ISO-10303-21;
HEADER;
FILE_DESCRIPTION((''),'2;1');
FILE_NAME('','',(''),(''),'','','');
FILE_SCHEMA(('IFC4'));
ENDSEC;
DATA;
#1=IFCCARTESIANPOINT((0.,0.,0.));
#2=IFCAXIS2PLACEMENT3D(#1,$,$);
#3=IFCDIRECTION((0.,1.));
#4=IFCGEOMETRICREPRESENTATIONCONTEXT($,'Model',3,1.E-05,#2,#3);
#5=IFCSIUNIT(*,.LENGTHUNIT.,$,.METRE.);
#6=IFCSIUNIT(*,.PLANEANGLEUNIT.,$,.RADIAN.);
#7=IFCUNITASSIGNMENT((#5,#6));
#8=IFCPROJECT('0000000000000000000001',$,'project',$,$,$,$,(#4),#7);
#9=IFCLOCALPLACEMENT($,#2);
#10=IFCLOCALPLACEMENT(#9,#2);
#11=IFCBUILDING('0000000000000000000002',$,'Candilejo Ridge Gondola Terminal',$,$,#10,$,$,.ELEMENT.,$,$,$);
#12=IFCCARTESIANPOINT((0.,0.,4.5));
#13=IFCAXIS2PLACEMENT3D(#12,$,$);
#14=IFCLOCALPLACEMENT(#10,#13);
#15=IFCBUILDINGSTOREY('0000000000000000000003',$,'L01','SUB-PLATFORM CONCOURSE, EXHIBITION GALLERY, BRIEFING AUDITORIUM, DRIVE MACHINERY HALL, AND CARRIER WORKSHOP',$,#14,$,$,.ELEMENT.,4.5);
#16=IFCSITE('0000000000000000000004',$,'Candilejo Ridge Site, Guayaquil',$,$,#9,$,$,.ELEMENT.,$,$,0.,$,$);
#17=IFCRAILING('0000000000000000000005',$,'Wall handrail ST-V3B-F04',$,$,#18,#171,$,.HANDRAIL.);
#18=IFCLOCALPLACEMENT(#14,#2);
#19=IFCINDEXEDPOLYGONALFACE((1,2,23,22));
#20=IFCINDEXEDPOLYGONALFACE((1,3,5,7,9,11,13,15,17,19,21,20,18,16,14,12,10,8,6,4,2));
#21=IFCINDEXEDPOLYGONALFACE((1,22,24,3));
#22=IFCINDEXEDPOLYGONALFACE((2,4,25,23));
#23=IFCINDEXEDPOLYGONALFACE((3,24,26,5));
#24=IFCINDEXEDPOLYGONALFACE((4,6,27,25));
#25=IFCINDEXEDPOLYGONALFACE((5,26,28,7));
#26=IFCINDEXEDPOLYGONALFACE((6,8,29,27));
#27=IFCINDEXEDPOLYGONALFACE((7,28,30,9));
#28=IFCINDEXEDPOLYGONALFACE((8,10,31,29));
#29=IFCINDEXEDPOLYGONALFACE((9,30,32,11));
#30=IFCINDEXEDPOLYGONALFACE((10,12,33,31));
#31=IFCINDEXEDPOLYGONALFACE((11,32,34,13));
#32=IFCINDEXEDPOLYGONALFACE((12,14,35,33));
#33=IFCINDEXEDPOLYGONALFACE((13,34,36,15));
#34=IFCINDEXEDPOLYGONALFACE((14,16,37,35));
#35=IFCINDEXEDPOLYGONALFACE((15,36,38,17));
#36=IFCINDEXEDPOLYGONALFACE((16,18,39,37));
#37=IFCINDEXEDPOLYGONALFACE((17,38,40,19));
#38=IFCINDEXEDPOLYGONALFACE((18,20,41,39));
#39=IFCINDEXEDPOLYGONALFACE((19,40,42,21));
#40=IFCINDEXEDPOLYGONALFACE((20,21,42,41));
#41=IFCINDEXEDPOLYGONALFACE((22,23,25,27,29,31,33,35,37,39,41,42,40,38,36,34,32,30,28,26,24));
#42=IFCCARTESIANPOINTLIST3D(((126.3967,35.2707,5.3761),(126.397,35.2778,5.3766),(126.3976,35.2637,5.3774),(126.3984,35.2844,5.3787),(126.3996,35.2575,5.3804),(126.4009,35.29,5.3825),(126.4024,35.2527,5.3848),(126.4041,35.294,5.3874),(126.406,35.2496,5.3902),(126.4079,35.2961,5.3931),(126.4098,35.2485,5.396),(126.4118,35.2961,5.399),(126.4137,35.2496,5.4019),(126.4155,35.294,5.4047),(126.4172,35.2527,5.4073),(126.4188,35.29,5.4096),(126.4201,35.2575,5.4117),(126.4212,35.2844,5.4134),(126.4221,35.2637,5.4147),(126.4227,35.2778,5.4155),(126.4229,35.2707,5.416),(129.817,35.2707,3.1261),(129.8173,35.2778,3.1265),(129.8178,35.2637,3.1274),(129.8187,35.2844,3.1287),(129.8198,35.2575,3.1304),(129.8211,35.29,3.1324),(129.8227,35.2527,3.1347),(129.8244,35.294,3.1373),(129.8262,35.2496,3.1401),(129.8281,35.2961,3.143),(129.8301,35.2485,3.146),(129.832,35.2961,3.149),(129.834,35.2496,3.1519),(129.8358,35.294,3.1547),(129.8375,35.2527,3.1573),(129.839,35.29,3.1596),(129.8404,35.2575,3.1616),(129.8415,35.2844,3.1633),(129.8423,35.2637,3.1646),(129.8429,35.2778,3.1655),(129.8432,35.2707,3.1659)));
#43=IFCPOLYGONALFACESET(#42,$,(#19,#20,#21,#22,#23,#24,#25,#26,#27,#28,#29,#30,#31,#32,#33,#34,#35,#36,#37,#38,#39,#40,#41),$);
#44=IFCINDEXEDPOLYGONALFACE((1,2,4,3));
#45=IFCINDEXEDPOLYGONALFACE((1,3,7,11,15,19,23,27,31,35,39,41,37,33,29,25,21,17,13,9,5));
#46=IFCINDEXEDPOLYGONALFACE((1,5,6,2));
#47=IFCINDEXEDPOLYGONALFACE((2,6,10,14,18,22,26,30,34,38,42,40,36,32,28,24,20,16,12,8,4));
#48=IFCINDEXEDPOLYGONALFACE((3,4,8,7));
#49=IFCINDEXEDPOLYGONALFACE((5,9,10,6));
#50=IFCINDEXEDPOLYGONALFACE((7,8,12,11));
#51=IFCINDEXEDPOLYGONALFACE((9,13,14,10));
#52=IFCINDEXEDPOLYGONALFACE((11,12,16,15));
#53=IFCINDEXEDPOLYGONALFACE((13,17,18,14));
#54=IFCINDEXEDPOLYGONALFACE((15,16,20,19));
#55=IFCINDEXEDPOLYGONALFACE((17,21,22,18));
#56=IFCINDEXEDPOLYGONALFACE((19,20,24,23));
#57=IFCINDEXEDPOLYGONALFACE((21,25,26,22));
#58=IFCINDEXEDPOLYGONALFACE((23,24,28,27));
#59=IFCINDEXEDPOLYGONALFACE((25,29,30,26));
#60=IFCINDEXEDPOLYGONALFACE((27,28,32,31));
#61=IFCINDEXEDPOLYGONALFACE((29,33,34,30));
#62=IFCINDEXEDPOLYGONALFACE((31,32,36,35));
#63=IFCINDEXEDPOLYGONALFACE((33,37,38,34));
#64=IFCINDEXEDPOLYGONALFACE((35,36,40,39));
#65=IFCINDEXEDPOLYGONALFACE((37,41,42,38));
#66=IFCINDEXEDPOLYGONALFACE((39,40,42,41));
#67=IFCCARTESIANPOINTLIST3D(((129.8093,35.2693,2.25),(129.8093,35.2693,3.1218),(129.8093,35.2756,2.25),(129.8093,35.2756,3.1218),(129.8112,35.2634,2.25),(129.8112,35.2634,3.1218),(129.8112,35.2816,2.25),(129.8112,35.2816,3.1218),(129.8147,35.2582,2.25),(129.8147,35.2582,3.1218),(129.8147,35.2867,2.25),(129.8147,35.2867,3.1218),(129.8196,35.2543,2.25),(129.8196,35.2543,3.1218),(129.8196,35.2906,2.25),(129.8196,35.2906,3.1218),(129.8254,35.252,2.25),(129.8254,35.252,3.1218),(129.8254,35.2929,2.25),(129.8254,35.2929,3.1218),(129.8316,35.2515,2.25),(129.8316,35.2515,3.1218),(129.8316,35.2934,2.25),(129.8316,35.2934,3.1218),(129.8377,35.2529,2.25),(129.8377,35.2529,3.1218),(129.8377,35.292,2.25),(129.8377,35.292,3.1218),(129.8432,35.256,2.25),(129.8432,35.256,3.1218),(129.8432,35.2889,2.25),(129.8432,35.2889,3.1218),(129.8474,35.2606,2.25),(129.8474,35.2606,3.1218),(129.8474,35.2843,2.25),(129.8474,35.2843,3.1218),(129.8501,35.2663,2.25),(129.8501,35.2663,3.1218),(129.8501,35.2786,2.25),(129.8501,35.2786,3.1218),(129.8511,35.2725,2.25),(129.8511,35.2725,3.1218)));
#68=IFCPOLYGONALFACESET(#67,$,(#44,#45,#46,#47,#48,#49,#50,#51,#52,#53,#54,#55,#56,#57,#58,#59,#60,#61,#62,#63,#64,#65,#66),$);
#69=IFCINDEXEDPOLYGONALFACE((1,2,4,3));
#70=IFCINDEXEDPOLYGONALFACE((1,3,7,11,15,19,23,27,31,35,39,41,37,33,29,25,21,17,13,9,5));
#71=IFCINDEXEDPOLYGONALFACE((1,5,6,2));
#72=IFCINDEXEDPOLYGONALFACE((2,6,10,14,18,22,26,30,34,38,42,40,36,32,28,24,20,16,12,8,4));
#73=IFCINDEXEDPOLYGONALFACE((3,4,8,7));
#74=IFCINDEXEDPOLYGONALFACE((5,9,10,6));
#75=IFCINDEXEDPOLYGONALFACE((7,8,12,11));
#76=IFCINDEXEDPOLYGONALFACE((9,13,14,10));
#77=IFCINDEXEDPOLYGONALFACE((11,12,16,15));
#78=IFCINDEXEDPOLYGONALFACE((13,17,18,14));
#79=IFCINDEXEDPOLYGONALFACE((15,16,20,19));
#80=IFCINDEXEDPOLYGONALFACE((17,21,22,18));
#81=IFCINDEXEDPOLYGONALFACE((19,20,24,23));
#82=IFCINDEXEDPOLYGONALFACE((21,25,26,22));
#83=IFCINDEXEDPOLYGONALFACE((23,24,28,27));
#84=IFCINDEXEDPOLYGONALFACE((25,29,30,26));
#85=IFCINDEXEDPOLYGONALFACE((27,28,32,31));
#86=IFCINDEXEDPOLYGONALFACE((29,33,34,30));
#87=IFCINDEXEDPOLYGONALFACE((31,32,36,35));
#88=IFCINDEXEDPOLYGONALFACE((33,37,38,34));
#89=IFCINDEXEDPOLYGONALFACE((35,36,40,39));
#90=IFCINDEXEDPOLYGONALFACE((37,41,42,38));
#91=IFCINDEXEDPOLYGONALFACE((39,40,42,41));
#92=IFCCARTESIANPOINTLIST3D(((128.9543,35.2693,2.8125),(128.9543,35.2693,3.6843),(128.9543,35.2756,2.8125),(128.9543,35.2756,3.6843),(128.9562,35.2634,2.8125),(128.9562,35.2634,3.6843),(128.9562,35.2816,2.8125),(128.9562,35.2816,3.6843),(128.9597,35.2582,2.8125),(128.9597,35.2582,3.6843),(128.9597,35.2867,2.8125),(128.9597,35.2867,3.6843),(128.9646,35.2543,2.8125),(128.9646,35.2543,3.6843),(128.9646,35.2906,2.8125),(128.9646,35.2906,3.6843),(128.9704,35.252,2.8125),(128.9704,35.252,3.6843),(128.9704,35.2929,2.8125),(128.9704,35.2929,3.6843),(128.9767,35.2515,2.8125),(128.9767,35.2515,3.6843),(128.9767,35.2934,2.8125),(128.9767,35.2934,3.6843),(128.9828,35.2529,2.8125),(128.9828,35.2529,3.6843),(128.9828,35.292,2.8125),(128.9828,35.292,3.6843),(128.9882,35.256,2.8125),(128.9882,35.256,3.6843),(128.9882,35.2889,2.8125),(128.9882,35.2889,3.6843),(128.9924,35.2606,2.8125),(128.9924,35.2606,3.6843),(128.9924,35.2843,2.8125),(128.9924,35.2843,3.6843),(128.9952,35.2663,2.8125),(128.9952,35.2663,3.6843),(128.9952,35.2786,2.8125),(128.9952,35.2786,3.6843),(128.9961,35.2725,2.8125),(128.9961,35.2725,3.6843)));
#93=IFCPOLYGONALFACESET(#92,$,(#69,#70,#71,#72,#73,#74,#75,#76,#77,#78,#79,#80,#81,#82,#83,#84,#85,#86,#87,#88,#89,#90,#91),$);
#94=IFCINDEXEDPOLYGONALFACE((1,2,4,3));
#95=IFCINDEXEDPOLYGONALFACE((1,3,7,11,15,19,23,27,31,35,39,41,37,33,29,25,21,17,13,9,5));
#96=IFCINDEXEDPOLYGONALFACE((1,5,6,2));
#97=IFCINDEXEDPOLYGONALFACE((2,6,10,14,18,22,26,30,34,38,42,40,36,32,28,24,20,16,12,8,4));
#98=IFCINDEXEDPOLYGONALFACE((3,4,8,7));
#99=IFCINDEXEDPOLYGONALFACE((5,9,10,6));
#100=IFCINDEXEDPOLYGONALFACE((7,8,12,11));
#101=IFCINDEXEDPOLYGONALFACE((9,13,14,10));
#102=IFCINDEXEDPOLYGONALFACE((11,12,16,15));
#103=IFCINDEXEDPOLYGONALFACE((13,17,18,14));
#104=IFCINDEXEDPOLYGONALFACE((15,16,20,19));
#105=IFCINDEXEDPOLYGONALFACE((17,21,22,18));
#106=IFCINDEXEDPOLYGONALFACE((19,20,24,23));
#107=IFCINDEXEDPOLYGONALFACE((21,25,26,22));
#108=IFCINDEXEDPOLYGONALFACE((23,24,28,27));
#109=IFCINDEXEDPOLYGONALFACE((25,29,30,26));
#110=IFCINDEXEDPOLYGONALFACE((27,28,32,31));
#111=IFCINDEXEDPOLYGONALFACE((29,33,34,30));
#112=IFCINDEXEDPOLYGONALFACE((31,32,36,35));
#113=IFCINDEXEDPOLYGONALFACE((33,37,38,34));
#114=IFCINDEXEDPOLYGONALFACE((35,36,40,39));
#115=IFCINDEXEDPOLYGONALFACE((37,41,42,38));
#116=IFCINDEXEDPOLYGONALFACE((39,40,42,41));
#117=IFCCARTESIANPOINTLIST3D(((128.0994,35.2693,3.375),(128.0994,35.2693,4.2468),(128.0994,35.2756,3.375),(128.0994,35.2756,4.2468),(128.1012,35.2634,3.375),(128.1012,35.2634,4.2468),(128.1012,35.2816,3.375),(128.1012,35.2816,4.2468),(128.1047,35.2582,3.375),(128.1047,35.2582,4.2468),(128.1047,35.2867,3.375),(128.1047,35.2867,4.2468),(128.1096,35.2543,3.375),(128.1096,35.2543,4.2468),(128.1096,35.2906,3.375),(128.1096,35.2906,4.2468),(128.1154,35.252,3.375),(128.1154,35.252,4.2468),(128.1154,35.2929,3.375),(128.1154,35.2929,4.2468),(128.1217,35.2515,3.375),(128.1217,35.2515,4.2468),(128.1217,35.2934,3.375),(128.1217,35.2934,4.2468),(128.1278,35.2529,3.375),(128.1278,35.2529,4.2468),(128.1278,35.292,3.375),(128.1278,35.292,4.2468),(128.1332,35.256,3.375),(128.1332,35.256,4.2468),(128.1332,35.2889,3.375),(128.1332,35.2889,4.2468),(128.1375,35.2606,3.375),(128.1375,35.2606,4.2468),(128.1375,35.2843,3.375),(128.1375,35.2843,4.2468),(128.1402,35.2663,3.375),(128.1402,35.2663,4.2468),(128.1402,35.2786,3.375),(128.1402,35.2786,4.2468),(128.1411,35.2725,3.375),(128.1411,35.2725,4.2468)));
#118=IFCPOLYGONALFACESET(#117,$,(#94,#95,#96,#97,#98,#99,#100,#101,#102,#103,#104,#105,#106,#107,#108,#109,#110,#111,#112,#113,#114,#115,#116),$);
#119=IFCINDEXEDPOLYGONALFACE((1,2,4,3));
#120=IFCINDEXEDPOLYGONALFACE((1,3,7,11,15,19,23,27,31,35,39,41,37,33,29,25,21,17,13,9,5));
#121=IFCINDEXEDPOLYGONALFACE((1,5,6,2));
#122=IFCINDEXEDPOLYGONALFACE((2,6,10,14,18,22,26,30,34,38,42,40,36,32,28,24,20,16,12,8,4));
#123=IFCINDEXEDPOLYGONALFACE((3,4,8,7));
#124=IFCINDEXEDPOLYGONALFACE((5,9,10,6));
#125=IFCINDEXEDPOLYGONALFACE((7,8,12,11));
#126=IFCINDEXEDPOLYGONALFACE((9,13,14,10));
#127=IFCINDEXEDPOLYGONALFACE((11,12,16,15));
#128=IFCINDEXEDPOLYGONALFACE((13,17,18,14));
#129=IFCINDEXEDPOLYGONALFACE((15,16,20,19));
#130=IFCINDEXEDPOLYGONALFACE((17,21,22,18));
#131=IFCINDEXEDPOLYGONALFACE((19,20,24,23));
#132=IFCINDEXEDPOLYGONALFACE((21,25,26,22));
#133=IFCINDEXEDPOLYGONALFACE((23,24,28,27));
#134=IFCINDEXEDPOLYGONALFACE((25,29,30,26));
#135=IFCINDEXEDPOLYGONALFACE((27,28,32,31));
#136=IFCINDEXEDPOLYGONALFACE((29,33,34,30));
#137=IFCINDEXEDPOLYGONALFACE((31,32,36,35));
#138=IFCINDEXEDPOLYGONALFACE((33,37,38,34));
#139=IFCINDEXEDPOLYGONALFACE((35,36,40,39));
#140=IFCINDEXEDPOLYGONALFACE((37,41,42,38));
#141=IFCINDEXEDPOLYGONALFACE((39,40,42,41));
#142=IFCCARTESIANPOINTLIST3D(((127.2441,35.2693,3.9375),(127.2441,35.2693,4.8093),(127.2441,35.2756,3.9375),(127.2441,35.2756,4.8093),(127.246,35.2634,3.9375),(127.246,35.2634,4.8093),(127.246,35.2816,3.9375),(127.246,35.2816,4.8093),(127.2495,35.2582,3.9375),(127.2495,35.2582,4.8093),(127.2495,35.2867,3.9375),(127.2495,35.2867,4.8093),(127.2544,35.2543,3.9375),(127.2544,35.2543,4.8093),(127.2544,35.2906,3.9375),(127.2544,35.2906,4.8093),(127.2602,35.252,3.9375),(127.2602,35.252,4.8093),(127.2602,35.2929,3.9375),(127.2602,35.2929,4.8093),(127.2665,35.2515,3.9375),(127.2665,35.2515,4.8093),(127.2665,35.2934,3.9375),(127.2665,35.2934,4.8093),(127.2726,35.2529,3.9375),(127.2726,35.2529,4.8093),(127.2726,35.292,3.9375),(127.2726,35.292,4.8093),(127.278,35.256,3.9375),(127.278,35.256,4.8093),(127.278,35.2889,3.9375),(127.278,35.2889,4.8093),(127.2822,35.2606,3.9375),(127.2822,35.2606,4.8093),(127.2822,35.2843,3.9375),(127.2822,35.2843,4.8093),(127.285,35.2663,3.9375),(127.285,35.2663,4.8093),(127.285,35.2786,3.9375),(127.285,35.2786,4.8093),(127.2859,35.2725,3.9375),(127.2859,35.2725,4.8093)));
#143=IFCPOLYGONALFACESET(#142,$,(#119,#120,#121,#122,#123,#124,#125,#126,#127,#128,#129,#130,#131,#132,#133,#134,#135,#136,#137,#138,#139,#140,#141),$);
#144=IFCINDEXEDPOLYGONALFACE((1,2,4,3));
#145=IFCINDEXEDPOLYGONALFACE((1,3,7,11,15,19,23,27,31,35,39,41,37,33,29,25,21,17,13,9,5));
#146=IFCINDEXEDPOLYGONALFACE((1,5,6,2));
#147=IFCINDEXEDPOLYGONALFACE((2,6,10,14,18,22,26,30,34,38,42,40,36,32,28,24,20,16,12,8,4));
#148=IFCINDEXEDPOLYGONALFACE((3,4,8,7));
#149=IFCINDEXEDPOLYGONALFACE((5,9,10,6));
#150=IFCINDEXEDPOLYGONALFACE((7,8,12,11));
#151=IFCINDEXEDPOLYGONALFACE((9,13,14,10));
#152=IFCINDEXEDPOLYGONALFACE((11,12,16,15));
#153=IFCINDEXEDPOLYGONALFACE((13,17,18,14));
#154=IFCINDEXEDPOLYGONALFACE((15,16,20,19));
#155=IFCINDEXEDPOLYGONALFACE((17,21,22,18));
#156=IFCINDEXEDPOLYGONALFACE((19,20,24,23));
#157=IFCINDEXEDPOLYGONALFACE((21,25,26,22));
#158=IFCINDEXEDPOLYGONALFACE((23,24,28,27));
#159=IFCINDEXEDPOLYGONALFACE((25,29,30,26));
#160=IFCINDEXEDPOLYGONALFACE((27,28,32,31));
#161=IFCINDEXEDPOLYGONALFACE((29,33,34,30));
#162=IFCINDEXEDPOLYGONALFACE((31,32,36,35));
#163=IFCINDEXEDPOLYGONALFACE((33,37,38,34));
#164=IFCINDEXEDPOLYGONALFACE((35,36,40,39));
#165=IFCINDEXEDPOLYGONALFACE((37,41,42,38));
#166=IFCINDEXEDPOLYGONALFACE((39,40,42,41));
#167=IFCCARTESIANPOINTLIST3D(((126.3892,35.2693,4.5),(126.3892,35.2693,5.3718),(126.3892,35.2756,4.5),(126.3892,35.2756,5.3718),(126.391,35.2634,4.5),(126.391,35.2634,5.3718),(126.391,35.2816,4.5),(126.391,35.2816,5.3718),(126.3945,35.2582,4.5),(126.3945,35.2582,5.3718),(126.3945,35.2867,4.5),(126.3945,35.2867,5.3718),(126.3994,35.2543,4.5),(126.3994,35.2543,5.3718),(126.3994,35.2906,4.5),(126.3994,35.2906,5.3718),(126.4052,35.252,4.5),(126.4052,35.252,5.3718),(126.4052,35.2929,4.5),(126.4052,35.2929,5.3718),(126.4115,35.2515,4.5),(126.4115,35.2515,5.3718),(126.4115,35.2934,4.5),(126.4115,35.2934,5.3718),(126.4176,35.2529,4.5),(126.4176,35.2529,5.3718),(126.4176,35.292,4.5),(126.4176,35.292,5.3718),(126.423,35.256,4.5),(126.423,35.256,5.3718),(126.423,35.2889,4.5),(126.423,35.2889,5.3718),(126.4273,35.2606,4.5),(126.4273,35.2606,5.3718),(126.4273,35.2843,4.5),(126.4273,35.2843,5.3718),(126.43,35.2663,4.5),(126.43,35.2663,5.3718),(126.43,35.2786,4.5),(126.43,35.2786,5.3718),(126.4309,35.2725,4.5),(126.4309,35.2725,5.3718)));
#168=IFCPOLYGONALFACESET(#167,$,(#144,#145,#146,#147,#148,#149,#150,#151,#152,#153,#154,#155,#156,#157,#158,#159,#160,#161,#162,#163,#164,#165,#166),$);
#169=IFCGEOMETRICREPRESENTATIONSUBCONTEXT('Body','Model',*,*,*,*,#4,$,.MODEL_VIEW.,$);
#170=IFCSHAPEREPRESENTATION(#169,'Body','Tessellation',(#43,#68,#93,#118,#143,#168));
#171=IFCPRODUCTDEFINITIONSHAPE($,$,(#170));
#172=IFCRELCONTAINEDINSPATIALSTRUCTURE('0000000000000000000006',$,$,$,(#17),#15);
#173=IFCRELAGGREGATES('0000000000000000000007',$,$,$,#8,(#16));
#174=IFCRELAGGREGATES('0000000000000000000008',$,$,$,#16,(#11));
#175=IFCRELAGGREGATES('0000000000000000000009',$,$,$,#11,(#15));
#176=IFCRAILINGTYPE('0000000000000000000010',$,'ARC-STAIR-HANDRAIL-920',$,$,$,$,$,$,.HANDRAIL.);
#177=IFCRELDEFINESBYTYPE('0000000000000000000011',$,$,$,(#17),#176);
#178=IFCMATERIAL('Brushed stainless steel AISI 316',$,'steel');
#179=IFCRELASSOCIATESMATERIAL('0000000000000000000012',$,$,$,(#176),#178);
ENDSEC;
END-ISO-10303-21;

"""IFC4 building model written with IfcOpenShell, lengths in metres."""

from ifc_helpers import new_model, si_unit, direction, frame, origin, origin_2d, place, context, subcontext, project, spatial, circle, extrude, material, type_object, element, save


model = new_model("IFC4")

# Units and contexts
model_context = context("Model", 3, precision=1e-05, world=origin(), true_north=direction((0.0, 1.0)))
body_context = subcontext(model_context, "Body", "Model", "MODEL_VIEW")
ifc_project = project(units=[si_unit("LENGTHUNIT", "METRE"), si_unit("PLANEANGLEUNIT", "RADIAN")], contexts=[model_context])

# Site, building, storey
site_placement = place(None, origin())
site = spatial("IfcSite", under=ifc_project, at=site_placement, Name="Candilejo Ridge Site, Guayaquil", CompositionType="ELEMENT", RefElevation=0.0)
building_placement = place(site_placement, origin())
building = spatial("IfcBuilding", under=site, at=building_placement, Name="Candilejo Ridge Gondola Terminal", CompositionType="ELEMENT")
storey_placement = place(building_placement, frame((0.0, 0.0, 4.5)))
storey = spatial("IfcBuildingStorey", under=building, at=storey_placement, Name="L01", Description="SUB-PLATFORM CONCOURSE, EXHIBITION GALLERY, BRIEFING AUDITORIUM, DRIVE MACHINERY HALL, AND CARRIER WORKSHOP", CompositionType="ELEMENT", Elevation=4.5)

# Railing
ifc_material_1 = material(Name="Brushed stainless steel AISI 316", Category="steel")
railing_type_1 = type_object("IfcRailingType", Name="ARC-STAIR-HANDRAIL-920", PredefinedType="HANDRAIL", material=ifc_material_1)
railing_1_placement = place(storey_placement, frame((129.8301, 35.2725, 2.25)))
element("IfcRailing", 1, at=railing_1_placement, inside=storey, type_object=railing_type_1, Name="Wall handrail ST-V3B-F04", PredefinedType="HANDRAIL", context=body_context, shape_type="SweptSolid", body=[
    extrude(circle(Radius=0.0239, at=origin_2d()), frame((0.0, 0.0, 0.896), z_axis=(-0.835429, 0.0, 0.549598), x_axis=(0.0, -1.0, 0.0)), (0.0, 0.0, 1.0), 4.094),
    extrude(circle(Radius=0.021, at=origin_2d()), origin(), (0.0, 0.0, 1.0), 0.8718),
    extrude(circle(Radius=0.021, at=origin_2d()), frame((-0.855, 0.0, 0.5625)), (0.0, 0.0, 1.0), 0.8718),
    extrude(circle(Radius=0.021, at=origin_2d()), frame((-1.71, 0.0, 1.125)), (0.0, 0.0, 1.0), 0.8718),
    extrude(circle(Radius=0.021, at=origin_2d()), frame((-2.5652, 0.0, 1.6875)), (0.0, 0.0, 1.0), 0.8718),
    extrude(circle(Radius=0.021, at=origin_2d()), frame((-3.4202, 0.0, 2.25)), (0.0, 0.0, 1.0), 0.8718),
])

save(model, "model.ifc")
